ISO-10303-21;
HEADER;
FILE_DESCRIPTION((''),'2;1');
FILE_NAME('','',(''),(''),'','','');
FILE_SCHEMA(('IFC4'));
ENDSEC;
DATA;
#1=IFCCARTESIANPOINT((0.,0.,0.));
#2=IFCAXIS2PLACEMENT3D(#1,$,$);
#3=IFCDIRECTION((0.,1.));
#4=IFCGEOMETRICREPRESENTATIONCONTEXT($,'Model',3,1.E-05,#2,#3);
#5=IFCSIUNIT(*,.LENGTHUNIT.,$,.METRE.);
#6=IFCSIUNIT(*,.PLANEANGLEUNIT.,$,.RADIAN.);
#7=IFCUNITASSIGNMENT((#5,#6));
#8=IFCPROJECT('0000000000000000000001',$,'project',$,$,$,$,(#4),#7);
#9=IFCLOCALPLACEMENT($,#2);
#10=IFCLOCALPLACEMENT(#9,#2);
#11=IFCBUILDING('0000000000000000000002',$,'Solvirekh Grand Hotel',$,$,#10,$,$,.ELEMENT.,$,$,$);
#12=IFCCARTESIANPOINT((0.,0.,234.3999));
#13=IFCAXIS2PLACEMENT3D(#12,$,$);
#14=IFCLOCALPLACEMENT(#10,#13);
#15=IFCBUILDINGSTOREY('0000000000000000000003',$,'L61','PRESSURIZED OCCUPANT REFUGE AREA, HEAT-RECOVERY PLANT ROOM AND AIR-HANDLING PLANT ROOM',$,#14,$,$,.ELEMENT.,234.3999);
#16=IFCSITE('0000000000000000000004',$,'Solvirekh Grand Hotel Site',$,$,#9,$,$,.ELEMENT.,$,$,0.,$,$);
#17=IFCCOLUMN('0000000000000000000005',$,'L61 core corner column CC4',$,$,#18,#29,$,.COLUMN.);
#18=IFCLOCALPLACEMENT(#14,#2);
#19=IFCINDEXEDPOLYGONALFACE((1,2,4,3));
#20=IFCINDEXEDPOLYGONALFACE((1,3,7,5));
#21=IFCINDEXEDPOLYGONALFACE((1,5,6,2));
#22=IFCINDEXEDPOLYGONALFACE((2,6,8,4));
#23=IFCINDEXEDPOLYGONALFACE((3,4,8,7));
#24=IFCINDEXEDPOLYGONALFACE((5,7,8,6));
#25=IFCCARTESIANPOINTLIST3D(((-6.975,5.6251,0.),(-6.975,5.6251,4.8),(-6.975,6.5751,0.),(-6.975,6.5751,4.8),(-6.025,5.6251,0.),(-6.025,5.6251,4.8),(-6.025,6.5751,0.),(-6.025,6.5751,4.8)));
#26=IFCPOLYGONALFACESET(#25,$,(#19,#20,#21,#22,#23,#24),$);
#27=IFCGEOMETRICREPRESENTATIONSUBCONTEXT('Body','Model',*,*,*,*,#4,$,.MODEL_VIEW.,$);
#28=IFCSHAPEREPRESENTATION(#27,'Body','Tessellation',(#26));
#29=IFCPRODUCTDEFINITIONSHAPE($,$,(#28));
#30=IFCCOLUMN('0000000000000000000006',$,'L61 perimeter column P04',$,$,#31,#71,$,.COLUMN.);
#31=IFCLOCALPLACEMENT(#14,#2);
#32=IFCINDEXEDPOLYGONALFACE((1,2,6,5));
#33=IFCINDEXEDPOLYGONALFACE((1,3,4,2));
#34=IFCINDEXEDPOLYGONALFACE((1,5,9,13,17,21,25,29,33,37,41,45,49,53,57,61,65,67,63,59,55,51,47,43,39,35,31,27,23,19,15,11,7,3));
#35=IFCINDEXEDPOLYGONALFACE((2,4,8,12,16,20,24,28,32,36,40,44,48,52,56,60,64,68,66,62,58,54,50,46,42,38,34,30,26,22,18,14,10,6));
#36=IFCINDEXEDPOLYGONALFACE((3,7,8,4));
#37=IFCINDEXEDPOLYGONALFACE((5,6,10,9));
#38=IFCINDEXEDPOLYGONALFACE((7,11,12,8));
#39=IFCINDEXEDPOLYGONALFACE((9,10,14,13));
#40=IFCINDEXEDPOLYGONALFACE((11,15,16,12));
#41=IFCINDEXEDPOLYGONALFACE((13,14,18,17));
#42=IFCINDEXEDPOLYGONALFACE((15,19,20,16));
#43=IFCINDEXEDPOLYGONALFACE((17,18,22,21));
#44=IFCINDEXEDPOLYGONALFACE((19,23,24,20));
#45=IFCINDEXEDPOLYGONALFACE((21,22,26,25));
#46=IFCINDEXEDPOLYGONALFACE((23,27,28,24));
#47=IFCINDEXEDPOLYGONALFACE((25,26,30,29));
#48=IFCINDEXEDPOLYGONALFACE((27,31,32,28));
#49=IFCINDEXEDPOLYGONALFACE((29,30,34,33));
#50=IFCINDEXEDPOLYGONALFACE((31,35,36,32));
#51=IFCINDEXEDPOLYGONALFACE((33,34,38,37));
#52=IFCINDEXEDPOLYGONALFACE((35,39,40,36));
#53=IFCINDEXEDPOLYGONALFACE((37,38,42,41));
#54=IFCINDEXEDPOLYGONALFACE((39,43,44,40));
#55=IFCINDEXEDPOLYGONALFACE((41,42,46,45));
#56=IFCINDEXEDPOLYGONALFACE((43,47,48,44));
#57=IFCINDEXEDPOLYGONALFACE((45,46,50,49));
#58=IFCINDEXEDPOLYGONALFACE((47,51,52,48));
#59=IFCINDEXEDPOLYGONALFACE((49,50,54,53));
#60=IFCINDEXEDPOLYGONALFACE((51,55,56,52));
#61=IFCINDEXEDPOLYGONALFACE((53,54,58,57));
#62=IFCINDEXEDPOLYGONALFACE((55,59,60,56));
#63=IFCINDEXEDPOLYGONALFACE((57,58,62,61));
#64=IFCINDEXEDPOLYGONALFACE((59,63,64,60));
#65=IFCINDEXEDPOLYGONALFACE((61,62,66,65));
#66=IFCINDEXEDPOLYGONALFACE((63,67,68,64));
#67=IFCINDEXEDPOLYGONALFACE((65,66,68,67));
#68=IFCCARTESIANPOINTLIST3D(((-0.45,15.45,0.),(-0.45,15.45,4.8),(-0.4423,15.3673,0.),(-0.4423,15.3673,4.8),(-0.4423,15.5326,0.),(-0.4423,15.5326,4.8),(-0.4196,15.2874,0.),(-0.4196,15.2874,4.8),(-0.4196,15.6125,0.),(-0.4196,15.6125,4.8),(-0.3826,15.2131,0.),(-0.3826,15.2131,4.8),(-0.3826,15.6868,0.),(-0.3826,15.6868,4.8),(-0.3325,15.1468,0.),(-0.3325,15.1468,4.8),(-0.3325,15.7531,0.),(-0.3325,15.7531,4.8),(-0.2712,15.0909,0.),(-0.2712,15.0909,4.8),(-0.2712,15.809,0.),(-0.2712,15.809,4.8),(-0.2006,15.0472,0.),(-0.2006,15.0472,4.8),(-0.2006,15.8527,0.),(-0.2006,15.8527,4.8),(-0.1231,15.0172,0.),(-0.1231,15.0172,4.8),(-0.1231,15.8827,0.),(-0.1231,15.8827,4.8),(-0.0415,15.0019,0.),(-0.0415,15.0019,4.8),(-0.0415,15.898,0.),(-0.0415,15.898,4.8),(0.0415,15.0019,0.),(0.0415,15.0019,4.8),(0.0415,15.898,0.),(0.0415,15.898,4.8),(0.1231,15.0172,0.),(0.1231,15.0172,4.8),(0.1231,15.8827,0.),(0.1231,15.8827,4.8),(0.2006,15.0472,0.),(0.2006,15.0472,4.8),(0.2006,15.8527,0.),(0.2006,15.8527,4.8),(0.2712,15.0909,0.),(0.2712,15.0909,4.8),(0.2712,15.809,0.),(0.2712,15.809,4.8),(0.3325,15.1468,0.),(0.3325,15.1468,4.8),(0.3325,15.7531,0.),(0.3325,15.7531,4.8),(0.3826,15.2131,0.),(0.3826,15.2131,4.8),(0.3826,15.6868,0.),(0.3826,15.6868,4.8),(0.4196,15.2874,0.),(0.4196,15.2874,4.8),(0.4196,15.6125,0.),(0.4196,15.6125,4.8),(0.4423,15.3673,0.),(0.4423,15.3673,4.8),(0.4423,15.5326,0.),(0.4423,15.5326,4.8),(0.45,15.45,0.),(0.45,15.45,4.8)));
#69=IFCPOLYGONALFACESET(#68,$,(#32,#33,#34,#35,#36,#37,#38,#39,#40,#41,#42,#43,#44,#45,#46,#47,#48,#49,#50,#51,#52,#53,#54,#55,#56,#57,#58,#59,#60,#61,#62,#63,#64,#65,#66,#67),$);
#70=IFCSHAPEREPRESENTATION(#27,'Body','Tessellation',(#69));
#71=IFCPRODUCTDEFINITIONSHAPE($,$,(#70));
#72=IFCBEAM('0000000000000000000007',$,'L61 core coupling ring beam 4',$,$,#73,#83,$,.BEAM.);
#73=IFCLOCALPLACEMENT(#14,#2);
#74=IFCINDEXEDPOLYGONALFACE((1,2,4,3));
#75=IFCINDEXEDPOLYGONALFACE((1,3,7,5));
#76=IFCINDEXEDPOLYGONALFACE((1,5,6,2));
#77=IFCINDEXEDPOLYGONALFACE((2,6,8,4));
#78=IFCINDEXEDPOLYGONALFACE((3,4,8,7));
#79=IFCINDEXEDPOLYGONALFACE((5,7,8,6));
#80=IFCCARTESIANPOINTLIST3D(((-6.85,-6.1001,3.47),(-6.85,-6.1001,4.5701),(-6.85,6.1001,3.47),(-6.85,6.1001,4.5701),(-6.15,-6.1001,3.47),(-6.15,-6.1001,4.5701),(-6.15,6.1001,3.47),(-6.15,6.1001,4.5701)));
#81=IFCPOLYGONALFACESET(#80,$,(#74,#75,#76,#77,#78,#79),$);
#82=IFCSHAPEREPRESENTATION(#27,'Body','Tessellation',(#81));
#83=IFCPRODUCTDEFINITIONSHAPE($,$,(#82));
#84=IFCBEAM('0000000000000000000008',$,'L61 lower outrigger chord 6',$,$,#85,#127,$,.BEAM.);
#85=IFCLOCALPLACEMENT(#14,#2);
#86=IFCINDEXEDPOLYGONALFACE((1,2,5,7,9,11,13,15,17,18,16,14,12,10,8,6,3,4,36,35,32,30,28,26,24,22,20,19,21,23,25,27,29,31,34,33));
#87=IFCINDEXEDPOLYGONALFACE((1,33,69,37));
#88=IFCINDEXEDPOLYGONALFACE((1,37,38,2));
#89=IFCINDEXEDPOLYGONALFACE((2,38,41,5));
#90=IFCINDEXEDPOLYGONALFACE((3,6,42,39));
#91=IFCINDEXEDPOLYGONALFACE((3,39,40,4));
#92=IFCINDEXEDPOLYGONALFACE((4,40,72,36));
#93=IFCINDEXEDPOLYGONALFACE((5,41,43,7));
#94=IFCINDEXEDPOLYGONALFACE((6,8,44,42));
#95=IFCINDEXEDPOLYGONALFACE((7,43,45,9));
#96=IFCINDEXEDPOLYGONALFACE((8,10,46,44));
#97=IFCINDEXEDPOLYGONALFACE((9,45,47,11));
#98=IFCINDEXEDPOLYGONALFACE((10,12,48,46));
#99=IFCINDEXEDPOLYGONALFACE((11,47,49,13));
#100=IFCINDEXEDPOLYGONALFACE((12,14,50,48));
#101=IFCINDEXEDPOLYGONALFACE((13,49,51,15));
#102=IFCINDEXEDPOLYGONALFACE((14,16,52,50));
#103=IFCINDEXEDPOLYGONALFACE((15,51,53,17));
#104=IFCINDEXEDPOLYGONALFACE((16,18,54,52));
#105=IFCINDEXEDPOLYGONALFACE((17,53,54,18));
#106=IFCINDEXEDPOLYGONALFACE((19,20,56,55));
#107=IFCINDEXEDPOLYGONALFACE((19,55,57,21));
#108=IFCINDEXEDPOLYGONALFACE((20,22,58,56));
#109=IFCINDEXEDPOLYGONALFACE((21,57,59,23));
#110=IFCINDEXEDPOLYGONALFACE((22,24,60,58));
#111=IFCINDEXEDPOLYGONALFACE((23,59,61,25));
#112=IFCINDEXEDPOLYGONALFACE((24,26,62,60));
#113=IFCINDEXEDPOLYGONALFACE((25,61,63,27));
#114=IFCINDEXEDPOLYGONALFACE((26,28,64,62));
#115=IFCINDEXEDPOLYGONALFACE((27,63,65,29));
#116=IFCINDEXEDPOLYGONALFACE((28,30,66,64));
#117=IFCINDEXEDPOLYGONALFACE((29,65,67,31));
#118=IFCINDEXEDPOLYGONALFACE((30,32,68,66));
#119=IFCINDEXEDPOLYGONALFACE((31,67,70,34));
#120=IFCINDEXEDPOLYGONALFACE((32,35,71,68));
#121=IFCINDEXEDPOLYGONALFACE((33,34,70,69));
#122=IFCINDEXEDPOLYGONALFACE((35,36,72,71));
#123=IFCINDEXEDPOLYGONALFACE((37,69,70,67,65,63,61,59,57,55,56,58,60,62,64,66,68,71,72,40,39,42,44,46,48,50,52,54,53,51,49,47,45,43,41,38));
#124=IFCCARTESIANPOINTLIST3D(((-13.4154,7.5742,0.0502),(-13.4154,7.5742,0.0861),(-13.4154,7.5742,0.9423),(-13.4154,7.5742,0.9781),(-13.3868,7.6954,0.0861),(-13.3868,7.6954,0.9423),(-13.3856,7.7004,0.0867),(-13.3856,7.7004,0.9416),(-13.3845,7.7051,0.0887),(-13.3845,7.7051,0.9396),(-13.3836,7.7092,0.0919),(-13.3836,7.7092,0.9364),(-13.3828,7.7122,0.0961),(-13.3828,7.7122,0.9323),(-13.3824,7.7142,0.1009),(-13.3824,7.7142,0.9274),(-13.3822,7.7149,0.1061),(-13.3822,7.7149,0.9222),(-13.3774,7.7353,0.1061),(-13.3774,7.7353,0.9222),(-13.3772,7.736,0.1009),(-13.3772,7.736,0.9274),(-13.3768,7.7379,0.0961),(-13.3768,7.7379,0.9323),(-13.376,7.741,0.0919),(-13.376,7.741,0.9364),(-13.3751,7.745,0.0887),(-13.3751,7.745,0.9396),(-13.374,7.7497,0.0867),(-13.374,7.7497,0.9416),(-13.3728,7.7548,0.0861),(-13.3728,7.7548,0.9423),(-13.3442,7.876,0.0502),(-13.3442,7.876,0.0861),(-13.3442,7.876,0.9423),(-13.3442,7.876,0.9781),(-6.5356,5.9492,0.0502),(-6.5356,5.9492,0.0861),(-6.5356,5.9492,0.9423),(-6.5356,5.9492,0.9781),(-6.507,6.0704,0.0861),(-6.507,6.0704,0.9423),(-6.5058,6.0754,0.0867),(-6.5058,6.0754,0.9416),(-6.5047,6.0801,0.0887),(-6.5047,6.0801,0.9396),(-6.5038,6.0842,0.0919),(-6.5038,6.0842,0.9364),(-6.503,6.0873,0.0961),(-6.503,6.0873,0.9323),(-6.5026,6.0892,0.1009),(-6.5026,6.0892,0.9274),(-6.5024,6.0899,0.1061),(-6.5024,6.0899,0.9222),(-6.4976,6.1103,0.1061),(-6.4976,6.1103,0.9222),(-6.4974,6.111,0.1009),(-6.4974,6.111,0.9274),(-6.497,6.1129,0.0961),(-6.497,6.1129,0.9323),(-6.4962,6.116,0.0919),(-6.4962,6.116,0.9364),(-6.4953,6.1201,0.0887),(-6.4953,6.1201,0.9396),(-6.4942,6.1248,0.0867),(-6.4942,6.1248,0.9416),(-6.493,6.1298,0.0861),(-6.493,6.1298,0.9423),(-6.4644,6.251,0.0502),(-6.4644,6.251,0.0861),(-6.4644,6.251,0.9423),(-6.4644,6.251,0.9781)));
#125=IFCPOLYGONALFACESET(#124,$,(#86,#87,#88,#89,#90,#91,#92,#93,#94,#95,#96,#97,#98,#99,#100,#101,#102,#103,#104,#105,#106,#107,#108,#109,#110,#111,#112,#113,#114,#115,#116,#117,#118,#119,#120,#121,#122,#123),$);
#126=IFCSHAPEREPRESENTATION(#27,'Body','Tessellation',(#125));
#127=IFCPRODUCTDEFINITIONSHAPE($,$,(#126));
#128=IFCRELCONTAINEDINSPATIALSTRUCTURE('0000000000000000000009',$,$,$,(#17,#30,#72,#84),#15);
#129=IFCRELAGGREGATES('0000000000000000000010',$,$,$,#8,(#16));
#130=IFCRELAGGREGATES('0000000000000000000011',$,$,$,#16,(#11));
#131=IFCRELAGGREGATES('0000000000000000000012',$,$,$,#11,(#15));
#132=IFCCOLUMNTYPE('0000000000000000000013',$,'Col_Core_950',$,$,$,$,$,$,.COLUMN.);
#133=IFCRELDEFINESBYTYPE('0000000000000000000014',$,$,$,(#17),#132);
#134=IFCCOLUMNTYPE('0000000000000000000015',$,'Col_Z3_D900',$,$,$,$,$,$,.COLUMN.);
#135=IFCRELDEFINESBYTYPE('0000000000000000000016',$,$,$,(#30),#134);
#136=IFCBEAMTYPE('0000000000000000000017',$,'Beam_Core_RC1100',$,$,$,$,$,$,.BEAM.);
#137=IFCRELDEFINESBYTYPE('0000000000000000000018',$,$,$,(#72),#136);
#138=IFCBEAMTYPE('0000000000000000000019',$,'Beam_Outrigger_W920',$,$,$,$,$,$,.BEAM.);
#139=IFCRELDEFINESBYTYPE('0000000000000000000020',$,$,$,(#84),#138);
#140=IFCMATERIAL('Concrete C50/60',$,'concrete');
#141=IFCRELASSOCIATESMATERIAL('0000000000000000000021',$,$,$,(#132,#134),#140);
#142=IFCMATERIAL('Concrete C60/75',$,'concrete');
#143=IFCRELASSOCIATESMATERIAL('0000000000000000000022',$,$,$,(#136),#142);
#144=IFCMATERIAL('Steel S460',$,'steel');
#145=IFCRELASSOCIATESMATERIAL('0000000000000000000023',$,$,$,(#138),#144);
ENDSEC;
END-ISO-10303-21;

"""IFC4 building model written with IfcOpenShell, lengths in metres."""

from ifc_helpers import new_model, si_unit, direction, frame, origin, origin_2d, place, context, subcontext, project, spatial, rectangle, circle, i_section, extrude, material, material_profile, profile_set, type_object, element, save


model = new_model("IFC4")

# Units and contexts
model_context = context("Model", 3, precision=1e-05, world=origin(), true_north=direction((0.0, 1.0)))
body_context = subcontext(model_context, "Body", "Model", "MODEL_VIEW")
ifc_project = project(units=[si_unit("LENGTHUNIT", "METRE"), si_unit("PLANEANGLEUNIT", "RADIAN")], contexts=[model_context])

# Site, building, storey
site_placement = place(None, origin())
site = spatial("IfcSite", under=ifc_project, at=site_placement, Name="Solvirekh Grand Hotel Site", CompositionType="ELEMENT", RefElevation=0.0)
building_placement = place(site_placement, origin())
building = spatial("IfcBuilding", under=site, at=building_placement, Name="Solvirekh Grand Hotel", CompositionType="ELEMENT")
storey_placement = place(building_placement, frame((0.0, 0.0, 234.3999)))
storey = spatial("IfcBuildingStorey", under=building, at=storey_placement, Name="L61", Description="PRESSURIZED OCCUPANT REFUGE AREA, HEAT-RECOVERY PLANT ROOM AND AIR-HANDLING PLANT ROOM", CompositionType="ELEMENT", Elevation=234.3999)

# Columns
ifc_material_1 = material(Name="Concrete C50/60", Category="concrete")
ifc_material_profile_1 = material_profile(ifc_material_1, rectangle(XDim=0.95, YDim=0.95, at=origin_2d()), Name="RC 950X950")
ifc_profile_set_1 = profile_set([ifc_material_profile_1], Name="Concrete C50/60")
column_type_1 = type_object("IfcColumnType", Name="Col_Core_950", PredefinedType="COLUMN", material=ifc_profile_set_1)
column_1_placement = place(storey_placement, frame((-6.5, 6.1001, 0.0), z_axis=(0.0, 0.0, 1.0), x_axis=(1.0, 0.0, 0.0)))
element("IfcColumn", 1, at=column_1_placement, inside=storey, type_object=column_type_1, Name="L61 core corner column CC4", PredefinedType="COLUMN", context=body_context, shape_type="SweptSolid", body=[
    extrude(rectangle(XDim=0.95, YDim=0.95, at=origin_2d()), origin(), (0.0, 0.0, 1.0), 4.8),
])
ifc_material_profile_2 = material_profile(ifc_material_1, circle(Radius=0.45, at=origin_2d()), Name="RC CIRC D900")
ifc_profile_set_2 = profile_set([ifc_material_profile_2], Name="Concrete C50/60")
column_type_2 = type_object("IfcColumnType", Name="Col_Z3_D900", PredefinedType="COLUMN", material=ifc_profile_set_2)
column_2_placement = place(storey_placement, frame((0.0, 15.45, 0.0), z_axis=(0.0, 0.0, 1.0), x_axis=(1.0, 0.0, 0.0)))
element("IfcColumn", 2, at=column_2_placement, inside=storey, type_object=column_type_2, Name="L61 perimeter column P04", PredefinedType="COLUMN", context=body_context, shape_type="SweptSolid", body=[
    extrude(circle(Radius=0.45, at=origin_2d()), origin(), (0.0, 0.0, 1.0), 4.8),
])

# Beams
ifc_material_2 = material(Name="Concrete C60/75", Category="concrete")
ifc_material_profile_3 = material_profile(ifc_material_2, rectangle(XDim=0.7, YDim=1.1001, at=origin_2d()), Name="RC BEAM 700X1100")
ifc_profile_set_3 = profile_set([ifc_material_profile_3], Name="Concrete C60/75")
beam_type_1 = type_object("IfcBeamType", Name="Beam_Core_RC1100", PredefinedType="BEAM", material=ifc_profile_set_3)
beam_1_placement = place(storey_placement, frame((-6.5, 6.1001, 4.02), z_axis=(0.0, -1.0, 0.0), x_axis=(1.0, 0.0, 0.0)))
element("IfcBeam", 3, at=beam_1_placement, inside=storey, type_object=beam_type_1, Name="L61 core coupling ring beam 4", PredefinedType="BEAM", context=body_context, shape_type="SweptSolid", body=[
    extrude(rectangle(XDim=0.7, YDim=1.1001, at=origin_2d()), origin(), (0.0, 0.0, 1.0), 12.2002),
])
ifc_material_3 = material(Name="Steel S460", Category="steel")
ifc_material_profile_4 = material_profile(ifc_material_3, i_section(OverallWidth=0.3101, OverallDepth=0.928, WebThickness=0.021, FlangeThickness=0.0359, FilletRadius=0.02, at=origin_2d()), Name="W920X342")
ifc_profile_set_4 = profile_set([ifc_material_profile_4], Name="Steel S460")
beam_type_2 = type_object("IfcBeamType", Name="Beam_Outrigger_W920", PredefinedType="BEAM", material=ifc_profile_set_4)
beam_2_placement = place(storey_placement, frame((-6.5, 6.1001, 0.5142), z_axis=(-0.973221, 0.229871, 0.0), x_axis=(-0.229871, -0.973221, 0.0)))
element("IfcBeam", 4, at=beam_2_placement, inside=storey, type_object=beam_type_2, Name="L61 lower outrigger chord 6", PredefinedType="BEAM", context=body_context, shape_type="SweptSolid", body=[
    extrude(i_section(OverallWidth=0.3101, OverallDepth=0.928, WebThickness=0.021, FlangeThickness=0.0359, FilletRadius=0.02, at=origin_2d()), origin(), (0.0, 0.0, 1.0), 7.0691),
])

save(model, "model.ifc")
